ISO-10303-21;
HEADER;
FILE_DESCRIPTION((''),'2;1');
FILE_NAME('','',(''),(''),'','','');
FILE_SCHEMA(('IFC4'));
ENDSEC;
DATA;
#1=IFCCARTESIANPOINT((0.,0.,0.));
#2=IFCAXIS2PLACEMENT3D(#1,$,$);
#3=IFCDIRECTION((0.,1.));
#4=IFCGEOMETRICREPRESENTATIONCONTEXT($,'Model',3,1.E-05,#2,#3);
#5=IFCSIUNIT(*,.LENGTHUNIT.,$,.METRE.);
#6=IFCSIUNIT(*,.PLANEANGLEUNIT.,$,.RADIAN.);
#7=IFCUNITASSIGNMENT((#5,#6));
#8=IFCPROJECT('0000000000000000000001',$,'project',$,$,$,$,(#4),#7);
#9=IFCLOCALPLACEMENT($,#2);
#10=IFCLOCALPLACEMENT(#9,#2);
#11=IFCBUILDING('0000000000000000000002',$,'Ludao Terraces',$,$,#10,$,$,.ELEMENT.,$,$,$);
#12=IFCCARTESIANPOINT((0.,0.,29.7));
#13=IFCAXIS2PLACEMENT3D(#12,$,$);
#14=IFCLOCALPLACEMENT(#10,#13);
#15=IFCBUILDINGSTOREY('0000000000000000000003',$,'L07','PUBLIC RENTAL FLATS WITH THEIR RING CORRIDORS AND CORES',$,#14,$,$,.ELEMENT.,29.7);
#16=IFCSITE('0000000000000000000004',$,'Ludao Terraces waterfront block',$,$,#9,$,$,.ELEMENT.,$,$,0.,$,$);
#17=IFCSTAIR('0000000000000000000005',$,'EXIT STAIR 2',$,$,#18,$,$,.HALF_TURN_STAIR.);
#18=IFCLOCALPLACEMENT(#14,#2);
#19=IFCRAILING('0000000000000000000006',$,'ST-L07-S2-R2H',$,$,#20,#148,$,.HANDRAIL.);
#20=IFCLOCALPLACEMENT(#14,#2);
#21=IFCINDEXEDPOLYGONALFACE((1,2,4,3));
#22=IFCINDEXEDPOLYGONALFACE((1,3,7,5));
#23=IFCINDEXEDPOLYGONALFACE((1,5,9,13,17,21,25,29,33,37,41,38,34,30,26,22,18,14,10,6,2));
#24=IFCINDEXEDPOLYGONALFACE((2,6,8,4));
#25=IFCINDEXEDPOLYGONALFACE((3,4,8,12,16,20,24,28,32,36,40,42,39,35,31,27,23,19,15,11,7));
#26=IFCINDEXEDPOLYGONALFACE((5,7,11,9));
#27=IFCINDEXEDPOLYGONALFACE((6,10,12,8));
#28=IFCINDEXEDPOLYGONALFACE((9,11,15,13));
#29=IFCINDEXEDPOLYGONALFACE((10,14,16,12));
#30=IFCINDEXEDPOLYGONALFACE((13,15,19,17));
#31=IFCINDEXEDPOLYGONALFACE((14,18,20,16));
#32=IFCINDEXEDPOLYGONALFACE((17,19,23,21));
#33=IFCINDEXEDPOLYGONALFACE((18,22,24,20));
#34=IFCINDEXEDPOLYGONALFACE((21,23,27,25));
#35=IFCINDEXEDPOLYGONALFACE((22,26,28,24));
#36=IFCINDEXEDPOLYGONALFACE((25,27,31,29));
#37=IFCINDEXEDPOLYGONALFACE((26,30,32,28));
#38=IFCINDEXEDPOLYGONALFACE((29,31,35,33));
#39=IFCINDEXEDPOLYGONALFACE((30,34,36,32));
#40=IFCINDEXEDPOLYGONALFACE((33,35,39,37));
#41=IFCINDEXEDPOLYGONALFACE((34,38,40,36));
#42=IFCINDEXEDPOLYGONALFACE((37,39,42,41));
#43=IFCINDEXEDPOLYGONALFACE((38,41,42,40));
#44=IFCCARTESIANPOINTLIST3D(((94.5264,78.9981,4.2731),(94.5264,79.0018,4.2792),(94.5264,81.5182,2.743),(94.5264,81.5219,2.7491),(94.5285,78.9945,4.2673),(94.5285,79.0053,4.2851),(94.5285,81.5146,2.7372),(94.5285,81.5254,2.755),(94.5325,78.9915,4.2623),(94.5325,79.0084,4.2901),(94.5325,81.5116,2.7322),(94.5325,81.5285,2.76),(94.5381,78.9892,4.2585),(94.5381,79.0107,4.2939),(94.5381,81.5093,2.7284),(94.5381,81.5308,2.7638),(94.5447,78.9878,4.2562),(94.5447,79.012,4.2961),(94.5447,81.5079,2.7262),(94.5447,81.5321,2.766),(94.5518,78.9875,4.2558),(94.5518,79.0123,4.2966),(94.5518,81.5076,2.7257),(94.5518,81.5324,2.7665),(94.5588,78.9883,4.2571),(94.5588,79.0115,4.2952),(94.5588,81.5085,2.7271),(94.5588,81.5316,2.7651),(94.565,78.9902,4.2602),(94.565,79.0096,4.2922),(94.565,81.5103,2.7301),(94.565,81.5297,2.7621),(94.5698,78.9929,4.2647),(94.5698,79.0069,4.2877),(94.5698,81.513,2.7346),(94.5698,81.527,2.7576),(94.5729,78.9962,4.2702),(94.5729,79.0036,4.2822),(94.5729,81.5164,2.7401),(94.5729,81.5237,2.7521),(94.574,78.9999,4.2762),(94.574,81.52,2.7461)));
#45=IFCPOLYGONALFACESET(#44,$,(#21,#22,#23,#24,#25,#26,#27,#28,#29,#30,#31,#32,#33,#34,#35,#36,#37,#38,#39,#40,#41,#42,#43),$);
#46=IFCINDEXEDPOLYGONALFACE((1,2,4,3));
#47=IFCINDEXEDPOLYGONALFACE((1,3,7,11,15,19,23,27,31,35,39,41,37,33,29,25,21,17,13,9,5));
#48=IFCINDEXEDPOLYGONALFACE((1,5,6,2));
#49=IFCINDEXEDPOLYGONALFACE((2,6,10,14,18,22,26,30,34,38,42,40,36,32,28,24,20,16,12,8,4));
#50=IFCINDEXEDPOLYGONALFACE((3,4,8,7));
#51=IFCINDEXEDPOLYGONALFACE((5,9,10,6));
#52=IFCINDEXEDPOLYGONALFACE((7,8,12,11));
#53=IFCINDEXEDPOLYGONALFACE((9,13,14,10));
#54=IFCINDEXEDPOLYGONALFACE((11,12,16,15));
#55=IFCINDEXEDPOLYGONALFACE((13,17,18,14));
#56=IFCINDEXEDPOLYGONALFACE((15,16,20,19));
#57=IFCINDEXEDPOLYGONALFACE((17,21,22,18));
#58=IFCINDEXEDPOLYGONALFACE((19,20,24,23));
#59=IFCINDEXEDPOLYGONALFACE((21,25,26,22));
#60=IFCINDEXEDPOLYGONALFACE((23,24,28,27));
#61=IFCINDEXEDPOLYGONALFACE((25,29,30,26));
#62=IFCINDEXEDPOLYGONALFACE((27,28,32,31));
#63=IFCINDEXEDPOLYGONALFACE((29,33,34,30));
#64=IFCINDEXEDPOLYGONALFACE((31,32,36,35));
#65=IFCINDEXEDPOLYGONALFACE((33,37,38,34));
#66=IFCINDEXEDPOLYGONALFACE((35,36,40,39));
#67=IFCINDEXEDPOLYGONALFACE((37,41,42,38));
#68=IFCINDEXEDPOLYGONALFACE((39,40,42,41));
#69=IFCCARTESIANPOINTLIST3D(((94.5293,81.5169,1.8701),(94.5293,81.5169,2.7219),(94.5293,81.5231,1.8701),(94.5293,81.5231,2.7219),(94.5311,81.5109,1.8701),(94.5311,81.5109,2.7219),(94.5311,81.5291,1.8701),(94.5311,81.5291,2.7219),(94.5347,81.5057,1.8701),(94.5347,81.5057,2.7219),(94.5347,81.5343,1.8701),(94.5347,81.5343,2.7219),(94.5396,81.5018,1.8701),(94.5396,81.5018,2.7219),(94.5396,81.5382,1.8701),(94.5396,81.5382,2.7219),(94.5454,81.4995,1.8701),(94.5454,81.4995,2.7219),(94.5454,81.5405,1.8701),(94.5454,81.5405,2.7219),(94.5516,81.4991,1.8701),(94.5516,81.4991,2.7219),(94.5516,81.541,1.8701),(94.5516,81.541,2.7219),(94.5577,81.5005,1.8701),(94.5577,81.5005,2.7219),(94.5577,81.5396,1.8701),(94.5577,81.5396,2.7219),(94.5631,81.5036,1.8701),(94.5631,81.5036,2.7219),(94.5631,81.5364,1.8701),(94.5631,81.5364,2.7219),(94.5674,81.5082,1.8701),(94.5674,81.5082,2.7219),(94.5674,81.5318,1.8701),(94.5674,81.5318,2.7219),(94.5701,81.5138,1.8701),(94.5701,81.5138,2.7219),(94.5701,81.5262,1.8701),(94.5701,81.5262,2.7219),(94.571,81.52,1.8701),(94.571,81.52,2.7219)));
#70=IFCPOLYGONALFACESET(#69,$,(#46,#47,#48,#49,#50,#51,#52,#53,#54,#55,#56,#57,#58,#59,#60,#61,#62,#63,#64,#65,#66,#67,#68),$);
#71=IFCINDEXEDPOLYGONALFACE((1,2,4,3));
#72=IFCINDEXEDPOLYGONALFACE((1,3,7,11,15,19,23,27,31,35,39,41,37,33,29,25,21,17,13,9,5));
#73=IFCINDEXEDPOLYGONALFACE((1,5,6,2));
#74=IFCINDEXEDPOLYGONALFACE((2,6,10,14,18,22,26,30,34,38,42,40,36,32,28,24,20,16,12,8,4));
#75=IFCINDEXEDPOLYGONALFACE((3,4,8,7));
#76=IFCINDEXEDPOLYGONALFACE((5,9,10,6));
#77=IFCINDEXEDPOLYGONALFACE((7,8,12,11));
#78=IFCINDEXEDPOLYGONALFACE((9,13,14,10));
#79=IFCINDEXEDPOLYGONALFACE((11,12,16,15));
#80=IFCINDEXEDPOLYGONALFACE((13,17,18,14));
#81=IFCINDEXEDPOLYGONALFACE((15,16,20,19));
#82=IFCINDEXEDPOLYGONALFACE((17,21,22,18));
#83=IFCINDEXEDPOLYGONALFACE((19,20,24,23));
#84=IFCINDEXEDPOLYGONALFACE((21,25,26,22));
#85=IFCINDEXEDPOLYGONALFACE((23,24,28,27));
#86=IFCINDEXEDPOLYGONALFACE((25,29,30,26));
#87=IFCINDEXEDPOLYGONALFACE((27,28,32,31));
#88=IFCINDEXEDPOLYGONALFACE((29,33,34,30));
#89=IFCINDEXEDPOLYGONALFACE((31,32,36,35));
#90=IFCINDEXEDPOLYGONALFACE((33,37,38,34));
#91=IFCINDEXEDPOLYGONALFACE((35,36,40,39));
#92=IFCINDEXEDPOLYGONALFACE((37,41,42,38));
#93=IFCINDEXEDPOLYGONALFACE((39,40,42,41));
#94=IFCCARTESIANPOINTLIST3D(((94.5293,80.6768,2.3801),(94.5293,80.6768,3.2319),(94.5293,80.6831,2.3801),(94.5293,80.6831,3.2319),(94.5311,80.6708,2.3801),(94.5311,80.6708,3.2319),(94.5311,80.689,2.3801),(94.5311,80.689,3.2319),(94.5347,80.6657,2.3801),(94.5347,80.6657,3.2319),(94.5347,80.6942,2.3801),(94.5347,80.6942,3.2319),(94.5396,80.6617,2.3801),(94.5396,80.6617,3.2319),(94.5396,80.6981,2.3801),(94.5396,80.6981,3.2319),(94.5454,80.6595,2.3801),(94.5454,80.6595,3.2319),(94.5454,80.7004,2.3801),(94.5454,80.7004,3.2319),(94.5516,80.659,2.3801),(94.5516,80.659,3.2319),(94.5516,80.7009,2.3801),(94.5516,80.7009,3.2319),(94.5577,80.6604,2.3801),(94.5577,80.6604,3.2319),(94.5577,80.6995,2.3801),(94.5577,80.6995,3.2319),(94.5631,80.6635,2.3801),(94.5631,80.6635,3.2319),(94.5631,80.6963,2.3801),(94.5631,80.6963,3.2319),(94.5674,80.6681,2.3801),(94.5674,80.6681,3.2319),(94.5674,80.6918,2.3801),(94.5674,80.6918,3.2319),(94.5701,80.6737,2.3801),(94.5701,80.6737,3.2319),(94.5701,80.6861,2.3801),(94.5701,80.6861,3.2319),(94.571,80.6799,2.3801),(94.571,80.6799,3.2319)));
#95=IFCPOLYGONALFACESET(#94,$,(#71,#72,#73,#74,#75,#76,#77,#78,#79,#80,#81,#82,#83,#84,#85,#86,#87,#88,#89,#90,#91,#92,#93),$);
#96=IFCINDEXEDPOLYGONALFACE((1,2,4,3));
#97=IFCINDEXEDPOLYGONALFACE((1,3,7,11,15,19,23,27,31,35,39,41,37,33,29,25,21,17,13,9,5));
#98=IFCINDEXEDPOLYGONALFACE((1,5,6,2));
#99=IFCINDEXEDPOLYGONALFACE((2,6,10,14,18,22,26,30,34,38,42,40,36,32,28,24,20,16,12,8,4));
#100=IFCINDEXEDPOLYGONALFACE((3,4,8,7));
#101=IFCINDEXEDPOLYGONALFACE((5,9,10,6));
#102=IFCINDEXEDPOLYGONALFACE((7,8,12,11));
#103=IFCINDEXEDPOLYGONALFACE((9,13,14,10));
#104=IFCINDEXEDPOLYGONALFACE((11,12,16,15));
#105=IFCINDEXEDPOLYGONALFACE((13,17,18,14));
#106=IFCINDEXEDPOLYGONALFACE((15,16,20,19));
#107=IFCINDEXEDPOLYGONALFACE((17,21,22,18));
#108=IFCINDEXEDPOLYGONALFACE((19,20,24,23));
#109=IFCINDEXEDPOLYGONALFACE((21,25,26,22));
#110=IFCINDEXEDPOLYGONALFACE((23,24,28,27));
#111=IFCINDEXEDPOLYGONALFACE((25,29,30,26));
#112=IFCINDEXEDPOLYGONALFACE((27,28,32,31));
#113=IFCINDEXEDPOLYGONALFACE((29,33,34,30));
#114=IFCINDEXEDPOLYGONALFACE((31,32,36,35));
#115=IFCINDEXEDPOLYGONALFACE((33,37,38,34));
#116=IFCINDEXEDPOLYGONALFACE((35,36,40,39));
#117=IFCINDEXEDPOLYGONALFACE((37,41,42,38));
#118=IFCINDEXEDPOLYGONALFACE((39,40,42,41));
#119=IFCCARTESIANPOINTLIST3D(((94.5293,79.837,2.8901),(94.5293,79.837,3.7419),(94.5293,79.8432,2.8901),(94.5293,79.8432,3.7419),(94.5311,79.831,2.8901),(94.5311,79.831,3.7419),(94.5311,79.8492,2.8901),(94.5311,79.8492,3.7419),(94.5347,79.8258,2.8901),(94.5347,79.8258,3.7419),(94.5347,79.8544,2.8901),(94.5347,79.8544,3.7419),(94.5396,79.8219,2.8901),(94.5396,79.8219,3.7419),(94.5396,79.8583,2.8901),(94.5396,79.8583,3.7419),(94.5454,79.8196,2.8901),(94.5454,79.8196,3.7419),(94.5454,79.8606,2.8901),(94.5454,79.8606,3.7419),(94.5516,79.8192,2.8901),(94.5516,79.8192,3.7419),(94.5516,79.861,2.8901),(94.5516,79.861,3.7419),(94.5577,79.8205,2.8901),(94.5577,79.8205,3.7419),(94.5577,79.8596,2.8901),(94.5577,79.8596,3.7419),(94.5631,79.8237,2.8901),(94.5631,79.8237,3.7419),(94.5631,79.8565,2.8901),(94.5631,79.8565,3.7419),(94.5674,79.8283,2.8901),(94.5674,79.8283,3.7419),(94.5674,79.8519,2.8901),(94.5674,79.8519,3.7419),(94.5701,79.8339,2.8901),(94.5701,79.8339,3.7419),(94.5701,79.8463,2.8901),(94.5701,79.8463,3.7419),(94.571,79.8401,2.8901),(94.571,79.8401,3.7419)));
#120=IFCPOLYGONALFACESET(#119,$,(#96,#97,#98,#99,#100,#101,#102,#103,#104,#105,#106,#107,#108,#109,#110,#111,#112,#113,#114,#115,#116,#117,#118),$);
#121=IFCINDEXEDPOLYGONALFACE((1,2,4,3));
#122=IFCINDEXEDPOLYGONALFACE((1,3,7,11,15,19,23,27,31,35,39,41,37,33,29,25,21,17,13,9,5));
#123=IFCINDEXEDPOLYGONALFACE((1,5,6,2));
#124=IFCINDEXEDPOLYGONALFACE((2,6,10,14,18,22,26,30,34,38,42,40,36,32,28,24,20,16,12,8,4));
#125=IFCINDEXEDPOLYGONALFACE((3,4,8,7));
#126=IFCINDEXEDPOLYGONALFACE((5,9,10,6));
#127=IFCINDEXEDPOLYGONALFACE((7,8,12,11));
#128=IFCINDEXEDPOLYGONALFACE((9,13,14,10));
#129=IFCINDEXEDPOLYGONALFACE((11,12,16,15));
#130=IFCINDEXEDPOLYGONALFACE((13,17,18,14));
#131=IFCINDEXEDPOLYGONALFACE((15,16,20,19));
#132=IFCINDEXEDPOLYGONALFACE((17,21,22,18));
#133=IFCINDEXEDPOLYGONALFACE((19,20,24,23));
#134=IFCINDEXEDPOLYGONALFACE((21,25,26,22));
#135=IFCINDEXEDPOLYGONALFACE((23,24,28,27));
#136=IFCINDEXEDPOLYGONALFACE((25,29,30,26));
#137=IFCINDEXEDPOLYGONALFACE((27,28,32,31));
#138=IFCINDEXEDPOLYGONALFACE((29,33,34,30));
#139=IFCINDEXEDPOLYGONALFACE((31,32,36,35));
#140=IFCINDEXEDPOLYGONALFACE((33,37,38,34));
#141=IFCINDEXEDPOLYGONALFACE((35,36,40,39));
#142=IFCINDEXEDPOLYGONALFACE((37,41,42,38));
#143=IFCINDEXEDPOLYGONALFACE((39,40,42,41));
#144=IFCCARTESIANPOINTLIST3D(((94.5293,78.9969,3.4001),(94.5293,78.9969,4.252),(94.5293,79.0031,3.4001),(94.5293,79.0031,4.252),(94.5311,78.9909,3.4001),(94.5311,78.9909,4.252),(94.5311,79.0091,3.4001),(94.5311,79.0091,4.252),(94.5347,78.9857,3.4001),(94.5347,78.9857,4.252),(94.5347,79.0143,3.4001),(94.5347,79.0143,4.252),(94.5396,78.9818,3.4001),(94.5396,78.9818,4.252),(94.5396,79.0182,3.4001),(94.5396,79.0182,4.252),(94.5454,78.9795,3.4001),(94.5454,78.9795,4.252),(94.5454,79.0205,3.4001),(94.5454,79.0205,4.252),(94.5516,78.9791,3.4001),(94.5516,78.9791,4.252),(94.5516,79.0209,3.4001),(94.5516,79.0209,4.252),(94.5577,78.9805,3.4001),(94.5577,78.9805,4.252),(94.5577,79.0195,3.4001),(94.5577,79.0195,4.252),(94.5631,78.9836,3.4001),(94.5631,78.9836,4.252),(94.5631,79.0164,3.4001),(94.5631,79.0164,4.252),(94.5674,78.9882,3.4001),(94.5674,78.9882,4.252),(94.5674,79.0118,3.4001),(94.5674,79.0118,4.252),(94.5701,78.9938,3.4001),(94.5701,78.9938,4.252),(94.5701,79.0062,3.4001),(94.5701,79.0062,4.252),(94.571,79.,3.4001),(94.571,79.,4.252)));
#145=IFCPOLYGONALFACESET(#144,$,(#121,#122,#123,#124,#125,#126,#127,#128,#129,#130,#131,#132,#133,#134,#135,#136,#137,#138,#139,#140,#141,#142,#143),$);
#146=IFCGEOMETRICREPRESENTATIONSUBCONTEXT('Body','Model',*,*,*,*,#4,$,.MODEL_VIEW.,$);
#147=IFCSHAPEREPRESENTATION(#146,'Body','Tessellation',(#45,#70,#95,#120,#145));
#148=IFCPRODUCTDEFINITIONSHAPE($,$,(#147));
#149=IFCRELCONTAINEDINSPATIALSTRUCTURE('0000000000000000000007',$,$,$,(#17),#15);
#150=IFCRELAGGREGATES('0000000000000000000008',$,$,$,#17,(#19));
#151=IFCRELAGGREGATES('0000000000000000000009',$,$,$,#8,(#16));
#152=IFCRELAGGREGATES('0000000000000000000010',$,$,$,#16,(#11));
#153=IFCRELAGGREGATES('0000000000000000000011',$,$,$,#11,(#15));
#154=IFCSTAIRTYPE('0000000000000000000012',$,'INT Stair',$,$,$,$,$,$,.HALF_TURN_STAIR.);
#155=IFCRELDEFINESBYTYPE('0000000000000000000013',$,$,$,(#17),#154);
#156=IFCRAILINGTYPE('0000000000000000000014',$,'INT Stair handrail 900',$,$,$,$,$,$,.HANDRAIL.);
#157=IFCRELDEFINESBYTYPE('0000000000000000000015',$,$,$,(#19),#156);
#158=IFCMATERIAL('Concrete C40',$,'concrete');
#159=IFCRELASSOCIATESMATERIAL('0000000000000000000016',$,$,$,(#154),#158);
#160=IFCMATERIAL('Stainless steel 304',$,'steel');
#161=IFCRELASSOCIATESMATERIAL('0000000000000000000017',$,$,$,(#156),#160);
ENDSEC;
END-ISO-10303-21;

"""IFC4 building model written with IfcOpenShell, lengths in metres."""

from ifc_helpers import new_model, si_unit, direction, frame, origin, origin_2d, place, context, subcontext, project, spatial, circle, extrude, material, type_object, element, aggregate, save


model = new_model("IFC4")

# Units and contexts
model_context = context("Model", 3, precision=1e-05, world=origin(), true_north=direction((0.0, 1.0)))
body_context = subcontext(model_context, "Body", "Model", "MODEL_VIEW")
ifc_project = project(units=[si_unit("LENGTHUNIT", "METRE"), si_unit("PLANEANGLEUNIT", "RADIAN")], contexts=[model_context])

# Site, building, storey
site_placement = place(None, origin())
site = spatial("IfcSite", under=ifc_project, at=site_placement, Name="Ludao Terraces waterfront block", CompositionType="ELEMENT", RefElevation=0.0)
building_placement = place(site_placement, origin())
building = spatial("IfcBuilding", under=site, at=building_placement, Name="Ludao Terraces", CompositionType="ELEMENT")
storey_placement = place(building_placement, frame((0.0, 0.0, 29.7)))
storey = spatial("IfcBuildingStorey", under=building, at=storey_placement, Name="L07", Description="PUBLIC RENTAL FLATS WITH THEIR RING CORRIDORS AND CORES", CompositionType="ELEMENT", Elevation=29.7)

# Shared definitions
ifc_material_1 = material(Name="Concrete C40", Category="concrete")

# Stair, railing
stair_type = type_object("IfcStairType", Name="INT Stair", PredefinedType="HALF_TURN_STAIR", material=ifc_material_1)
stair_placement = place(storey_placement, origin())
stair = element("IfcStair", 1, at=stair_placement, inside=storey, type_object=stair_type, Name="EXIT STAIR 2", PredefinedType="HALF_TURN_STAIR")
ifc_material_2 = material(Name="Stainless steel 304", Category="steel")
railing_type_1 = type_object("IfcRailingType", Name="INT Stair handrail 900", PredefinedType="HANDRAIL", material=ifc_material_2)
railing_1_placement = place(storey_placement, frame((94.55, 81.52, 1.8701)))
railing_1 = element("IfcRailing", 2, at=railing_1_placement, type_object=railing_type_1, Name="ST-L07-S2-R2H", PredefinedType="HANDRAIL", context=body_context, shape_type="SweptSolid", body=[
    extrude(circle(Radius=0.0239, at=origin_2d()), frame((0.0, 0.0, 0.876), z_axis=(0.0, -0.854785, 0.518982), x_axis=(1.0, 0.0, 0.0)), (0.0, 0.0, 1.0), 2.9482),
    extrude(circle(Radius=0.021, at=origin_2d()), origin(), (0.0, 0.0, 1.0), 0.8518),
    extrude(circle(Radius=0.021, at=origin_2d()), frame((0.0, -0.8401, 0.51)), (0.0, 0.0, 1.0), 0.8518),
    extrude(circle(Radius=0.021, at=origin_2d()), frame((0.0, -1.6799, 1.02)), (0.0, 0.0, 1.0), 0.8518),
    extrude(circle(Radius=0.021, at=origin_2d()), frame((0.0, -2.52, 1.53)), (0.0, 0.0, 1.0), 0.8518),
])
aggregate(stair, [railing_1])

save(model, "model.ifc")
